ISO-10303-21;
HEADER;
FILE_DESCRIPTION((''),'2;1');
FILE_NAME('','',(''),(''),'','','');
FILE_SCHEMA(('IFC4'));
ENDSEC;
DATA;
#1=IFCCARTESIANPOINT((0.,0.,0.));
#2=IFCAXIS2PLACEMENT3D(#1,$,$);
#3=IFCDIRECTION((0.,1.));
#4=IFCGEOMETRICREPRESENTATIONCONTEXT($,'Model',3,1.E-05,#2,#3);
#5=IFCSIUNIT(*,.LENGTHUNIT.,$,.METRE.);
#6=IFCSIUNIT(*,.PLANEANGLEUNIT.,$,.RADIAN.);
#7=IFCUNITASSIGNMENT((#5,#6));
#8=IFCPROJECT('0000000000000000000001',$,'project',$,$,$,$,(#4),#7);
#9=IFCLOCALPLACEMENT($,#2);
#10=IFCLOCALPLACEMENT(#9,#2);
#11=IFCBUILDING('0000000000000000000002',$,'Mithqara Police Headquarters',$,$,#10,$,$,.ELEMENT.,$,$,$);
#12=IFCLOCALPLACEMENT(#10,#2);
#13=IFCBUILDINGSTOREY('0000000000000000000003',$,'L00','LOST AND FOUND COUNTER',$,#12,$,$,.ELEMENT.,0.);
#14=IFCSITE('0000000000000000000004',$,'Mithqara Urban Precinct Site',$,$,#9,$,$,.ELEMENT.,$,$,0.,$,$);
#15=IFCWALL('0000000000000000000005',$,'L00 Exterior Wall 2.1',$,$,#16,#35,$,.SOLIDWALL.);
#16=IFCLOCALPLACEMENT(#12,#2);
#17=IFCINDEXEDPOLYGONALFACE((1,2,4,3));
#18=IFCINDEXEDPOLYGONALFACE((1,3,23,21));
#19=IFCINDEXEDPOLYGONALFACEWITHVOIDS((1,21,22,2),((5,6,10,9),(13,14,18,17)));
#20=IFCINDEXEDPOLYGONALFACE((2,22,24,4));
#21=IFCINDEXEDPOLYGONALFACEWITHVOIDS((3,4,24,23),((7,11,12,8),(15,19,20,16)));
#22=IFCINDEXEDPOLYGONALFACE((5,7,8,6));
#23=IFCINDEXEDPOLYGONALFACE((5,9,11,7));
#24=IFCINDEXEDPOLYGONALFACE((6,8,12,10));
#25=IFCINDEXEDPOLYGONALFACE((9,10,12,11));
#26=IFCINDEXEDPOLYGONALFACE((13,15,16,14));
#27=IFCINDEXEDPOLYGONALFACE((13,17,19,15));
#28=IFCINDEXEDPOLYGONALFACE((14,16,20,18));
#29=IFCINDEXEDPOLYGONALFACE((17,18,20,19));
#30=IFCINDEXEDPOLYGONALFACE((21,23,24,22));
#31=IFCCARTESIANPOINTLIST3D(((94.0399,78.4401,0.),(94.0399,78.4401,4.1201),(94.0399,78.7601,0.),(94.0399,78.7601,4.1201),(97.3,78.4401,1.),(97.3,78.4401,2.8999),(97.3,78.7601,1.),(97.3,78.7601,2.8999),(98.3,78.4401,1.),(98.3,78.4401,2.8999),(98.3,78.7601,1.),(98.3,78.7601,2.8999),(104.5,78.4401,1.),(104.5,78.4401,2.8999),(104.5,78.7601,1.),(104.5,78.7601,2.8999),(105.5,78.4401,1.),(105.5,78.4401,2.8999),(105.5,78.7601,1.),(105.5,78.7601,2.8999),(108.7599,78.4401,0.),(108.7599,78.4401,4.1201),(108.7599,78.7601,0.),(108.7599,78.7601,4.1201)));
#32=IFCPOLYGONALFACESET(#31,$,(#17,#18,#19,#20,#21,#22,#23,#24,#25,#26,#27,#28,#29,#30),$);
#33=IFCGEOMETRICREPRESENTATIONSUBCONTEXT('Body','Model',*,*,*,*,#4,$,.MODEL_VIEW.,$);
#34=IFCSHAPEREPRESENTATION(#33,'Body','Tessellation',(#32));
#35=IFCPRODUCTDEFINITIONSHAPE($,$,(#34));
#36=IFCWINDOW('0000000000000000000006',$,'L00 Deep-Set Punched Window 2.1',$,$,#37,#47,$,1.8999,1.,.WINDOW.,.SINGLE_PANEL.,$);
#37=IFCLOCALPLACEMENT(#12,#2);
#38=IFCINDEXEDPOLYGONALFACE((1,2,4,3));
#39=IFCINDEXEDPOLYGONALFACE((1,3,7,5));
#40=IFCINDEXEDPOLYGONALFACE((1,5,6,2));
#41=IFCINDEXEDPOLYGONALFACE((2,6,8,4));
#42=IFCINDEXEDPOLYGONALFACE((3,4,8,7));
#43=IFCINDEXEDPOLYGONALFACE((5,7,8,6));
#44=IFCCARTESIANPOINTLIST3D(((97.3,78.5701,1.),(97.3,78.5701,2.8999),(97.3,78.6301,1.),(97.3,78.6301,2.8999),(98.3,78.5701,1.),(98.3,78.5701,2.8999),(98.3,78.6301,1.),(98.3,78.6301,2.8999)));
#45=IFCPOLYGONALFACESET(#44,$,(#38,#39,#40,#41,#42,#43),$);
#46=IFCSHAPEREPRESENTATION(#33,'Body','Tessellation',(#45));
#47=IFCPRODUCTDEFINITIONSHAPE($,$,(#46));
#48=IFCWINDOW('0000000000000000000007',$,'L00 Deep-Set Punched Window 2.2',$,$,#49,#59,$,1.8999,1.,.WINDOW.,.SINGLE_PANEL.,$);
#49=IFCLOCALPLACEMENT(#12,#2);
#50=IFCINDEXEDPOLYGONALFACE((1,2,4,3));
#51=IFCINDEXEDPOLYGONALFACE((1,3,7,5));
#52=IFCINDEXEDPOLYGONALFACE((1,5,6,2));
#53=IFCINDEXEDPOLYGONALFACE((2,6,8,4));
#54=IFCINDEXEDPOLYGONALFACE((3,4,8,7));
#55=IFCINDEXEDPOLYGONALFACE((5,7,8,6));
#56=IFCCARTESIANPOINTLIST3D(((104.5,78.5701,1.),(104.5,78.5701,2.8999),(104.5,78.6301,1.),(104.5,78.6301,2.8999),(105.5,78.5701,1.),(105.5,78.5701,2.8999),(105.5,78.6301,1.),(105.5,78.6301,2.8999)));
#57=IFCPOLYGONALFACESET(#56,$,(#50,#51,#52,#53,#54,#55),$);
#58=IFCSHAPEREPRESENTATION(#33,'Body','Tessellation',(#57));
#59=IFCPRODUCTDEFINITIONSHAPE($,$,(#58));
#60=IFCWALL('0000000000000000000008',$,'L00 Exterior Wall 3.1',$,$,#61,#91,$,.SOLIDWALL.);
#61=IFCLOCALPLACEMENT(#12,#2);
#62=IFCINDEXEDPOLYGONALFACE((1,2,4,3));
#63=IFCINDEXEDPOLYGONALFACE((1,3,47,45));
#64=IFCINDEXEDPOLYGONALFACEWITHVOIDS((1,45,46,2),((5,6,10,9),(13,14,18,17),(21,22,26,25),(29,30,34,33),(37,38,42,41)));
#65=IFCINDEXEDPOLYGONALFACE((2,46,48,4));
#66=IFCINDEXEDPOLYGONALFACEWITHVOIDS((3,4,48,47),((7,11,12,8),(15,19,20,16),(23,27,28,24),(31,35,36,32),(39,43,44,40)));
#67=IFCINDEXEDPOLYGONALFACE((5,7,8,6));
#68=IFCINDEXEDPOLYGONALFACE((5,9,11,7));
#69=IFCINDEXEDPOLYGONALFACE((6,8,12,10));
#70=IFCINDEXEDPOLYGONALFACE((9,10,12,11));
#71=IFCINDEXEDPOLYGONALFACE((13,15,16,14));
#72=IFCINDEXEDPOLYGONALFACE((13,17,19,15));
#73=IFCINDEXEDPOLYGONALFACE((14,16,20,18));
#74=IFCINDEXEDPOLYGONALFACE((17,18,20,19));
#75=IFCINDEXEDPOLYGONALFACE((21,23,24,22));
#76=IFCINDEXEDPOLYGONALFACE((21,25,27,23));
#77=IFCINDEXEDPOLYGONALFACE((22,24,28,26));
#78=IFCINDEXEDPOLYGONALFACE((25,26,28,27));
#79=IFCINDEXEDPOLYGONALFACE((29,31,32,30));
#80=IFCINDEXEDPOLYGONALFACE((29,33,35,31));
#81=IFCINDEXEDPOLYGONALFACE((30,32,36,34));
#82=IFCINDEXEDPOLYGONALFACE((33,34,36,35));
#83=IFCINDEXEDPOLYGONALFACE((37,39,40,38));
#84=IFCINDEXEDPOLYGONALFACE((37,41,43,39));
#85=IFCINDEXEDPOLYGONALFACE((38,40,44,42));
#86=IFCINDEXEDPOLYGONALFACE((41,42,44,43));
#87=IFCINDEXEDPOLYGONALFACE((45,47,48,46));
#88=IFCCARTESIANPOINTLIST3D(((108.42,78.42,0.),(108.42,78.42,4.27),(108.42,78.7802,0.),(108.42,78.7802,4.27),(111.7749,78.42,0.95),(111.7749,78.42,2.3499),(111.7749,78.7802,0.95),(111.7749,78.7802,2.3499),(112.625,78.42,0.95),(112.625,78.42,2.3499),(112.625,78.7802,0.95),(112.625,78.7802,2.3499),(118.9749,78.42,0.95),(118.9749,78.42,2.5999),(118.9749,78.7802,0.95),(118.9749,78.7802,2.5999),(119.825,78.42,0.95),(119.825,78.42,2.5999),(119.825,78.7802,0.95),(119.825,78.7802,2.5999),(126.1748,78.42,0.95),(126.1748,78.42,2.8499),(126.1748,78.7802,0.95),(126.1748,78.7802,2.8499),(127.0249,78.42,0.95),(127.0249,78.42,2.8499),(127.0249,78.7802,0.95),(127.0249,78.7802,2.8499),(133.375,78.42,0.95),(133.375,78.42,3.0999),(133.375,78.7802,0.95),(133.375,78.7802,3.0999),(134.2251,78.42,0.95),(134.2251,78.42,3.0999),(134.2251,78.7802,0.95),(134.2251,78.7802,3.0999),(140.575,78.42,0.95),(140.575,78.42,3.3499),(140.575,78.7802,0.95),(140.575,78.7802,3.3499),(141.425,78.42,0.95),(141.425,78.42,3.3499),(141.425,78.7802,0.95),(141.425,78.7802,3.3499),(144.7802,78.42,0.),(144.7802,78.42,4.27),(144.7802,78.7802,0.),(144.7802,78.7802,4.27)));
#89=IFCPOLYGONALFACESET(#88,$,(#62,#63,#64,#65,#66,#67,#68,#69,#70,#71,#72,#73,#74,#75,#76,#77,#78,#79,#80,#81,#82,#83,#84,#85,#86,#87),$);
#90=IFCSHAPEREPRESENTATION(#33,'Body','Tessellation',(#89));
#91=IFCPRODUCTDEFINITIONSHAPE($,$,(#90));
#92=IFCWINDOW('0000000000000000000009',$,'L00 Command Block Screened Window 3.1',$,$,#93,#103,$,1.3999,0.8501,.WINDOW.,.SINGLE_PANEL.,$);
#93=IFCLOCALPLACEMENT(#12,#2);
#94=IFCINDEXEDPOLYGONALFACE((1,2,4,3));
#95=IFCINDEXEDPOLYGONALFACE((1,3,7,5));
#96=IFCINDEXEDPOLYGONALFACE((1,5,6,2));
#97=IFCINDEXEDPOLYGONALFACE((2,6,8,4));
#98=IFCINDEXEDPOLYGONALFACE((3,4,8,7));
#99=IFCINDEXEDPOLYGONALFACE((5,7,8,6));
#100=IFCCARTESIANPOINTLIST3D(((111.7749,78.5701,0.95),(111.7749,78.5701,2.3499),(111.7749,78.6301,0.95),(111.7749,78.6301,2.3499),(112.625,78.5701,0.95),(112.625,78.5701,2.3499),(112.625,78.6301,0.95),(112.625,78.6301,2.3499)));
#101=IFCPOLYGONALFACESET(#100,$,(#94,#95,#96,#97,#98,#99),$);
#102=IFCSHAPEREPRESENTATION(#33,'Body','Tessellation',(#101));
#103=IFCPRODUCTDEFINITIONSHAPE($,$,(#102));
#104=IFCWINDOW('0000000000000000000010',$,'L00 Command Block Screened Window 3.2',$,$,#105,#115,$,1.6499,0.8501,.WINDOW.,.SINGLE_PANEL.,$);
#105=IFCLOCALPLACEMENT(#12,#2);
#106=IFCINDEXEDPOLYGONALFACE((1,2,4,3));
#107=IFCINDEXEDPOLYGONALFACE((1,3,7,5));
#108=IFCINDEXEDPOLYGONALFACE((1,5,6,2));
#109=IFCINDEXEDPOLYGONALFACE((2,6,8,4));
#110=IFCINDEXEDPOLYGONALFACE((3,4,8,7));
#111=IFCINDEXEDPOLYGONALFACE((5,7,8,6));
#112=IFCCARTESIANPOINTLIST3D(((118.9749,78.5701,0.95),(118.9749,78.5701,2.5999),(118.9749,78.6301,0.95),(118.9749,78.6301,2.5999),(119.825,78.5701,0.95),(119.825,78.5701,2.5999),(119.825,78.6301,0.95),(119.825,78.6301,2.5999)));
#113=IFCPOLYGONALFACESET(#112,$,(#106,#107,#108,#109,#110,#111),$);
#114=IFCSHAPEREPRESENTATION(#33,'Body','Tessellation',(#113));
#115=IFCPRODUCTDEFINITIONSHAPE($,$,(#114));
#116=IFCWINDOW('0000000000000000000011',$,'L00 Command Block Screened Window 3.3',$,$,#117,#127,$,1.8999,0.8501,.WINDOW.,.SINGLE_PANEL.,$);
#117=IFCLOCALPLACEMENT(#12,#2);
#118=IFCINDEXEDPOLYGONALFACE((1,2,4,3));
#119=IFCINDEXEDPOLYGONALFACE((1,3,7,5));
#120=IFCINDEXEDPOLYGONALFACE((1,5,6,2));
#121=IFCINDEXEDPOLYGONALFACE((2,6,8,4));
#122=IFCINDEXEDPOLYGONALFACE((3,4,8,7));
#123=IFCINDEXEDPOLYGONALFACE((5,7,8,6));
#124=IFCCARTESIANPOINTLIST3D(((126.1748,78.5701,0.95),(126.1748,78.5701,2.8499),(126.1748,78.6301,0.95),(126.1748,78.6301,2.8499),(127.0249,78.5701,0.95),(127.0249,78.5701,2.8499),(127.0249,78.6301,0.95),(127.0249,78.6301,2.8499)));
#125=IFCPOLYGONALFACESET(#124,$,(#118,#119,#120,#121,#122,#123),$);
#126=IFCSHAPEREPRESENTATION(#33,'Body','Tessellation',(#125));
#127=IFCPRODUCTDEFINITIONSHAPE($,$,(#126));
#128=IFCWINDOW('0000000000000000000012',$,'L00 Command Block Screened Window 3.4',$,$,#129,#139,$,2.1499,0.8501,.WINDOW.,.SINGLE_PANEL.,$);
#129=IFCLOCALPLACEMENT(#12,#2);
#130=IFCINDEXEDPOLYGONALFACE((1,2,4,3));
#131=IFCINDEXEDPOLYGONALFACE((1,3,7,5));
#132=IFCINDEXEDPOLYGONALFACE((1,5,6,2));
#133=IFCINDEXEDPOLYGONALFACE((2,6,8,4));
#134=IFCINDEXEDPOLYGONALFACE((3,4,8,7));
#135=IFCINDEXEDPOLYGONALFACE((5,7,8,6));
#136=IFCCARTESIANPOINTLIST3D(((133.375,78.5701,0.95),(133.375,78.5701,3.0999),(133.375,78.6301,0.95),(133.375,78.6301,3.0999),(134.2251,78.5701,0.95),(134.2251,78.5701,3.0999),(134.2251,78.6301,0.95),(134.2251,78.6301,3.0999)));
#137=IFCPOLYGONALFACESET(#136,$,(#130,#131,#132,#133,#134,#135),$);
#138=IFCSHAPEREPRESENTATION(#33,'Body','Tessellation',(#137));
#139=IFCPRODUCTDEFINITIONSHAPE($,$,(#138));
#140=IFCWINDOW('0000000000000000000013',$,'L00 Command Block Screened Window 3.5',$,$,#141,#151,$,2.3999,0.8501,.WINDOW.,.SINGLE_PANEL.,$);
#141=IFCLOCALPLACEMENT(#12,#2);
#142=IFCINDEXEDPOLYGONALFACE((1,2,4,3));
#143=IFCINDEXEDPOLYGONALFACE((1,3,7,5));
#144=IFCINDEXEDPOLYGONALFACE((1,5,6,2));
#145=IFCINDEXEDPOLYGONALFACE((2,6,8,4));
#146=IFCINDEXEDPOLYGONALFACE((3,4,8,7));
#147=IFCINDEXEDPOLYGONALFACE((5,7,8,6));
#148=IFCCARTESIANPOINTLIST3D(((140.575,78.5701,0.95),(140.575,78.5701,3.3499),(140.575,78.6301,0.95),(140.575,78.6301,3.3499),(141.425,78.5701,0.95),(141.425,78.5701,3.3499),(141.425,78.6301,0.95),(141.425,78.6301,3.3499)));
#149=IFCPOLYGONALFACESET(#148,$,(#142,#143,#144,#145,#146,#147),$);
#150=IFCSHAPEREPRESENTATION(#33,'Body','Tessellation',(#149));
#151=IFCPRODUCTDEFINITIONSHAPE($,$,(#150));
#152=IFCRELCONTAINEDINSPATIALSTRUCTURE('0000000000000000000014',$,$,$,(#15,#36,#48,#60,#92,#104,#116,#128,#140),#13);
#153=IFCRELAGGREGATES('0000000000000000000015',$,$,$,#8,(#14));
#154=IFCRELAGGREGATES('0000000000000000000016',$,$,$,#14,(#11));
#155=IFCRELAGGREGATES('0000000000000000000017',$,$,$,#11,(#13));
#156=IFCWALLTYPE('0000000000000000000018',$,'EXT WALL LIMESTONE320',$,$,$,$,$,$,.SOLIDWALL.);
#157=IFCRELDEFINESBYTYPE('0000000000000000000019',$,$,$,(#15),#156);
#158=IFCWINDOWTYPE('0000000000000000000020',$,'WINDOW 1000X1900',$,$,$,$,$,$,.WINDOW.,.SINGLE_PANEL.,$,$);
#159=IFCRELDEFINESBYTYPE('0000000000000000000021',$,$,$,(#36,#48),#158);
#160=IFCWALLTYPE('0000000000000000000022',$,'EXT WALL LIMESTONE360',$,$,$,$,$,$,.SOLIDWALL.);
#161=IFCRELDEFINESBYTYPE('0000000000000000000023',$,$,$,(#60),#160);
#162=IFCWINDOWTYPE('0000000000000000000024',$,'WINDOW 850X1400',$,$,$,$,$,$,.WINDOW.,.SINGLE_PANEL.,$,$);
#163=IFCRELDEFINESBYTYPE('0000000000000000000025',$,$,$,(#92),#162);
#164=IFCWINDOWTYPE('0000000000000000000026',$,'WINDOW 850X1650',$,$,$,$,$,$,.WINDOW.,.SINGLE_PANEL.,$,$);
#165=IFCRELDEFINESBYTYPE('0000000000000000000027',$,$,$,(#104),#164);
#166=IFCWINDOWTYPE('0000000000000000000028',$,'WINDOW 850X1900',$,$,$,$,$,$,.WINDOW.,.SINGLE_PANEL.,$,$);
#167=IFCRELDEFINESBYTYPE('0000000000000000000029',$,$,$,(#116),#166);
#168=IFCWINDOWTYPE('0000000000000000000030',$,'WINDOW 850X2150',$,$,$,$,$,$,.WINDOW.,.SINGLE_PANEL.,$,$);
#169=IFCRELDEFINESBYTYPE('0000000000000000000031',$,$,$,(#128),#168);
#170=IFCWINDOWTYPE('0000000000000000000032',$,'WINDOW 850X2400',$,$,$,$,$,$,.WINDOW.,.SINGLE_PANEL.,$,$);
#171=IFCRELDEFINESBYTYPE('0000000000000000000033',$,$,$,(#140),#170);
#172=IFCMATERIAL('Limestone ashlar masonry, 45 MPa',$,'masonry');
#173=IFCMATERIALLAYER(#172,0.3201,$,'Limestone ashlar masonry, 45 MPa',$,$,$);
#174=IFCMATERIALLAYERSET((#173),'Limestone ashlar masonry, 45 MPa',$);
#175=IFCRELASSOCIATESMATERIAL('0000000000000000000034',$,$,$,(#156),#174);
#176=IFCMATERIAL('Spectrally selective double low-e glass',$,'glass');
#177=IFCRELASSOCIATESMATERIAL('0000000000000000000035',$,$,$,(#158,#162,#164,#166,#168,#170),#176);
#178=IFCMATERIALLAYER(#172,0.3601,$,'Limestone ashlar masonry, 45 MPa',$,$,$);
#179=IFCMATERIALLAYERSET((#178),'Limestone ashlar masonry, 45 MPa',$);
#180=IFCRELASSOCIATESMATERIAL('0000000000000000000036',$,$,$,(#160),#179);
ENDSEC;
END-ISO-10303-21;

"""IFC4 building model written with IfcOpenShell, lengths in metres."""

from ifc_helpers import new_model, si_unit, direction, frame, frame_2d, origin, place, context, subcontext, project, spatial, rectangle, extrude, material, layer, layer_set, type_object, element, fill, save


model = new_model("IFC4")

# Units and contexts
model_context = context("Model", 3, precision=1e-05, world=origin(), true_north=direction((0.0, 1.0)))
body_context = subcontext(model_context, "Body", "Model", "MODEL_VIEW")
ifc_project = project(units=[si_unit("LENGTHUNIT", "METRE"), si_unit("PLANEANGLEUNIT", "RADIAN")], contexts=[model_context])

# Site, building, storey
site_placement = place(None, origin())
site = spatial("IfcSite", under=ifc_project, at=site_placement, Name="Mithqara Urban Precinct Site", CompositionType="ELEMENT", RefElevation=0.0)
building_placement = place(site_placement, origin())
building = spatial("IfcBuilding", under=site, at=building_placement, Name="Mithqara Police Headquarters", CompositionType="ELEMENT")
storey_placement = place(building_placement, origin())
storey = spatial("IfcBuildingStorey", under=building, at=storey_placement, Name="L00", Description="LOST AND FOUND COUNTER", CompositionType="ELEMENT", Elevation=0.0)

# Walls, openings, windows
ifc_material_1 = material(Name="Limestone ashlar masonry, 45 MPa", Category="masonry")
ifc_layer_1 = layer(ifc_material_1, 0.3201, Name="Limestone ashlar masonry, 45 MPa")
ifc_layer_set_1 = layer_set([ifc_layer_1], Name="Limestone ashlar masonry, 45 MPa")
wall_type_1 = type_object("IfcWallType", Name="EXT WALL LIMESTONE320", PredefinedType="SOLIDWALL", material=ifc_layer_set_1)
wall_1_placement = place(storey_placement, frame((94.04, 78.6001, 0.0), z_axis=(0.0, 0.0, 1.0), x_axis=(1.0, 0.0, 0.0)))
wall_1 = element("IfcWall", 1, at=wall_1_placement, inside=storey, type_object=wall_type_1, Name="L00 Exterior Wall 2.1", PredefinedType="SOLIDWALL", context=body_context, shape_type="SweptSolid", body=[
    extrude(rectangle(XDim=14.72, YDim=0.3201, at=frame_2d((7.3599, 0.0))), origin(), (0.0, 0.0, 1.0), 4.1201),
])
opening_1_placement = place(wall_1_placement, frame((3.26, 0.0, 1.0)))
opening_1 = element("IfcOpeningElement", 2, at=opening_1_placement, cuts=wall_1, PredefinedType="OPENING", context=body_context, shape_type="SweptSolid", body=[
    extrude(rectangle(XDim=1.0, YDim=1.8999, at=frame_2d((0.5, 0.95))), frame((0.0, 0.1699, 0.0), z_axis=(0.0, -1.0, 0.0), x_axis=(1.0, 0.0, 0.0)), (0.0, 0.0, 1.0), 0.3401),
])
opening_2_placement = place(wall_1_placement, frame((10.46, 0.0, 1.0)))
opening_2 = element("IfcOpeningElement", 3, at=opening_2_placement, cuts=wall_1, PredefinedType="OPENING", context=body_context, shape_type="SweptSolid", body=[
    extrude(rectangle(XDim=1.0, YDim=1.8999, at=frame_2d((0.5, 0.95))), frame((0.0, 0.1699, 0.0), z_axis=(0.0, -1.0, 0.0), x_axis=(1.0, 0.0, 0.0)), (0.0, 0.0, 1.0), 0.3401),
])
ifc_material_2 = material(Name="Spectrally selective double low-e glass", Category="glass")
window_type_1 = type_object("IfcWindowType", Name="WINDOW 1000X1900", PartitioningType="SINGLE_PANEL", PredefinedType="WINDOW", material=ifc_material_2)
window_1_placement = place(opening_1_placement, origin())
window_1 = element("IfcWindow", 4, at=window_1_placement, inside=storey, type_object=window_type_1, Name="L00 Deep-Set Punched Window 2.1", OverallHeight=1.8999, OverallWidth=1.0, PartitioningType="SINGLE_PANEL", PredefinedType="WINDOW", context=body_context, shape_type="SweptSolid", body=[
    extrude(rectangle(XDim=1.0, YDim=1.8999, at=frame_2d((0.5, 0.95))), frame((0.0, 0.03, 0.0), z_axis=(0.0, -1.0, 0.0), x_axis=(1.0, 0.0, 0.0)), (0.0, 0.0, 1.0), 0.0601),
])
fill(opening_1, window_1)
window_2_placement = place(opening_2_placement, origin())
window_2 = element("IfcWindow", 5, at=window_2_placement, inside=storey, type_object=window_type_1, Name="L00 Deep-Set Punched Window 2.2", OverallHeight=1.8999, OverallWidth=1.0, PartitioningType="SINGLE_PANEL", PredefinedType="WINDOW", context=body_context, shape_type="SweptSolid", body=[
    extrude(rectangle(XDim=1.0, YDim=1.8999, at=frame_2d((0.5, 0.95))), frame((0.0, 0.03, 0.0), z_axis=(0.0, -1.0, 0.0), x_axis=(1.0, 0.0, 0.0)), (0.0, 0.0, 1.0), 0.0601),
])
fill(opening_2, window_2)
ifc_layer_2 = layer(ifc_material_1, 0.3601, Name="Limestone ashlar masonry, 45 MPa")
ifc_layer_set_2 = layer_set([ifc_layer_2], Name="Limestone ashlar masonry, 45 MPa")
wall_type_2 = type_object("IfcWallType", Name="EXT WALL LIMESTONE360", PredefinedType="SOLIDWALL", material=ifc_layer_set_2)
wall_2_placement = place(storey_placement, frame((108.4199, 78.6001, 0.0), z_axis=(0.0, 0.0, 1.0), x_axis=(1.0, 0.0, 0.0)))
wall_2 = element("IfcWall", 6, at=wall_2_placement, inside=storey, type_object=wall_type_2, Name="L00 Exterior Wall 3.1", PredefinedType="SOLIDWALL", context=body_context, shape_type="SweptSolid", body=[
    extrude(rectangle(XDim=36.3601, YDim=0.3601, at=frame_2d((18.1802, 0.0))), origin(), (0.0, 0.0, 1.0), 4.27),
])
opening_3_placement = place(wall_2_placement, frame((3.355, 0.0, 0.95)))
opening_3 = element("IfcOpeningElement", 7, at=opening_3_placement, cuts=wall_2, PredefinedType="OPENING", context=body_context, shape_type="SweptSolid", body=[
    extrude(rectangle(XDim=0.8501, YDim=1.3999, at=frame_2d((0.425, 0.7))), frame((0.0, 0.1899, 0.0), z_axis=(0.0, -1.0, 0.0), x_axis=(1.0, 0.0, 0.0)), (0.0, 0.0, 1.0), 0.3801),
])
opening_4_placement = place(wall_2_placement, frame((10.5549, 0.0, 0.95)))
opening_4 = element("IfcOpeningElement", 8, at=opening_4_placement, cuts=wall_2, PredefinedType="OPENING", context=body_context, shape_type="SweptSolid", body=[
    extrude(rectangle(XDim=0.8501, YDim=1.6499, at=frame_2d((0.425, 0.825))), frame((0.0, 0.1899, 0.0), z_axis=(0.0, -1.0, 0.0), x_axis=(1.0, 0.0, 0.0)), (0.0, 0.0, 1.0), 0.3801),
])
opening_5_placement = place(wall_2_placement, frame((17.7549, 0.0, 0.95)))
opening_5 = element("IfcOpeningElement", 9, at=opening_5_placement, cuts=wall_2, PredefinedType="OPENING", context=body_context, shape_type="SweptSolid", body=[
    extrude(rectangle(XDim=0.8501, YDim=1.8999, at=frame_2d((0.425, 0.95))), frame((0.0, 0.1899, 0.0), z_axis=(0.0, -1.0, 0.0), x_axis=(1.0, 0.0, 0.0)), (0.0, 0.0, 1.0), 0.3801),
])
opening_6_placement = place(wall_2_placement, frame((24.9551, 0.0, 0.95)))
opening_6 = element("IfcOpeningElement", 10, at=opening_6_placement, cuts=wall_2, PredefinedType="OPENING", context=body_context, shape_type="SweptSolid", body=[
    extrude(rectangle(XDim=0.8501, YDim=2.1499, at=frame_2d((0.425, 1.075))), frame((0.0, 0.1899, 0.0), z_axis=(0.0, -1.0, 0.0), x_axis=(1.0, 0.0, 0.0)), (0.0, 0.0, 1.0), 0.3801),
])
opening_7_placement = place(wall_2_placement, frame((32.155, 0.0, 0.95)))
opening_7 = element("IfcOpeningElement", 11, at=opening_7_placement, cuts=wall_2, PredefinedType="OPENING", context=body_context, shape_type="SweptSolid", body=[
    extrude(rectangle(XDim=0.8501, YDim=2.3999, at=frame_2d((0.425, 1.2))), frame((0.0, 0.1899, 0.0), z_axis=(0.0, -1.0, 0.0), x_axis=(1.0, 0.0, 0.0)), (0.0, 0.0, 1.0), 0.3801),
])
window_type_2 = type_object("IfcWindowType", Name="WINDOW 850X1400", PartitioningType="SINGLE_PANEL", PredefinedType="WINDOW", material=ifc_material_2)
window_3_placement = place(opening_3_placement, origin())
window_3 = element("IfcWindow", 12, at=window_3_placement, inside=storey, type_object=window_type_2, Name="L00 Command Block Screened Window 3.1", OverallHeight=1.3999, OverallWidth=0.8501, PartitioningType="SINGLE_PANEL", PredefinedType="WINDOW", context=body_context, shape_type="SweptSolid", body=[
    extrude(rectangle(XDim=0.8501, YDim=1.3999, at=frame_2d((0.425, 0.7))), frame((0.0, 0.03, 0.0), z_axis=(0.0, -1.0, 0.0), x_axis=(1.0, 0.0, 0.0)), (0.0, 0.0, 1.0), 0.0601),
])
fill(opening_3, window_3)
window_type_3 = type_object("IfcWindowType", Name="WINDOW 850X1650", PartitioningType="SINGLE_PANEL", PredefinedType="WINDOW", material=ifc_material_2)
window_4_placement = place(opening_4_placement, origin())
window_4 = element("IfcWindow", 13, at=window_4_placement, inside=storey, type_object=window_type_3, Name="L00 Command Block Screened Window 3.2", OverallHeight=1.6499, OverallWidth=0.8501, PartitioningType="SINGLE_PANEL", PredefinedType="WINDOW", context=body_context, shape_type="SweptSolid", body=[
    extrude(rectangle(XDim=0.8501, YDim=1.6499, at=frame_2d((0.425, 0.825))), frame((0.0, 0.03, 0.0), z_axis=(0.0, -1.0, 0.0), x_axis=(1.0, 0.0, 0.0)), (0.0, 0.0, 1.0), 0.0601),
])
fill(opening_4, window_4)
window_type_4 = type_object("IfcWindowType", Name="WINDOW 850X1900", PartitioningType="SINGLE_PANEL", PredefinedType="WINDOW", material=ifc_material_2)
window_5_placement = place(opening_5_placement, origin())
window_5 = element("IfcWindow", 14, at=window_5_placement, inside=storey, type_object=window_type_4, Name="L00 Command Block Screened Window 3.3", OverallHeight=1.8999, OverallWidth=0.8501, PartitioningType="SINGLE_PANEL", PredefinedType="WINDOW", context=body_context, shape_type="SweptSolid", body=[
    extrude(rectangle(XDim=0.8501, YDim=1.8999, at=frame_2d((0.425, 0.95))), frame((0.0, 0.03, 0.0), z_axis=(0.0, -1.0, 0.0), x_axis=(1.0, 0.0, 0.0)), (0.0, 0.0, 1.0), 0.0601),
])
fill(opening_5, window_5)
window_type_5 = type_object("IfcWindowType", Name="WINDOW 850X2150", PartitioningType="SINGLE_PANEL", PredefinedType="WINDOW", material=ifc_material_2)
window_6_placement = place(opening_6_placement, origin())
window_6 = element("IfcWindow", 15, at=window_6_placement, inside=storey, type_object=window_type_5, Name="L00 Command Block Screened Window 3.4", OverallHeight=2.1499, OverallWidth=0.8501, PartitioningType="SINGLE_PANEL", PredefinedType="WINDOW", context=body_context, shape_type="SweptSolid", body=[
    extrude(rectangle(XDim=0.8501, YDim=2.1499, at=frame_2d((0.425, 1.075))), frame((0.0, 0.03, 0.0), z_axis=(0.0, -1.0, 0.0), x_axis=(1.0, 0.0, 0.0)), (0.0, 0.0, 1.0), 0.0601),
])
fill(opening_6, window_6)
window_type_6 = type_object("IfcWindowType", Name="WINDOW 850X2400", PartitioningType="SINGLE_PANEL", PredefinedType="WINDOW", material=ifc_material_2)
window_7_placement = place(opening_7_placement, origin())
window_7 = element("IfcWindow", 16, at=window_7_placement, inside=storey, type_object=window_type_6, Name="L00 Command Block Screened Window 3.5", OverallHeight=2.3999, OverallWidth=0.8501, PartitioningType="SINGLE_PANEL", PredefinedType="WINDOW", context=body_context, shape_type="SweptSolid", body=[
    extrude(rectangle(XDim=0.8501, YDim=2.3999, at=frame_2d((0.425, 1.2))), frame((0.0, 0.03, 0.0), z_axis=(0.0, -1.0, 0.0), x_axis=(1.0, 0.0, 0.0)), (0.0, 0.0, 1.0), 0.0601),
])
fill(opening_7, window_7)

save(model, "model.ifc")
